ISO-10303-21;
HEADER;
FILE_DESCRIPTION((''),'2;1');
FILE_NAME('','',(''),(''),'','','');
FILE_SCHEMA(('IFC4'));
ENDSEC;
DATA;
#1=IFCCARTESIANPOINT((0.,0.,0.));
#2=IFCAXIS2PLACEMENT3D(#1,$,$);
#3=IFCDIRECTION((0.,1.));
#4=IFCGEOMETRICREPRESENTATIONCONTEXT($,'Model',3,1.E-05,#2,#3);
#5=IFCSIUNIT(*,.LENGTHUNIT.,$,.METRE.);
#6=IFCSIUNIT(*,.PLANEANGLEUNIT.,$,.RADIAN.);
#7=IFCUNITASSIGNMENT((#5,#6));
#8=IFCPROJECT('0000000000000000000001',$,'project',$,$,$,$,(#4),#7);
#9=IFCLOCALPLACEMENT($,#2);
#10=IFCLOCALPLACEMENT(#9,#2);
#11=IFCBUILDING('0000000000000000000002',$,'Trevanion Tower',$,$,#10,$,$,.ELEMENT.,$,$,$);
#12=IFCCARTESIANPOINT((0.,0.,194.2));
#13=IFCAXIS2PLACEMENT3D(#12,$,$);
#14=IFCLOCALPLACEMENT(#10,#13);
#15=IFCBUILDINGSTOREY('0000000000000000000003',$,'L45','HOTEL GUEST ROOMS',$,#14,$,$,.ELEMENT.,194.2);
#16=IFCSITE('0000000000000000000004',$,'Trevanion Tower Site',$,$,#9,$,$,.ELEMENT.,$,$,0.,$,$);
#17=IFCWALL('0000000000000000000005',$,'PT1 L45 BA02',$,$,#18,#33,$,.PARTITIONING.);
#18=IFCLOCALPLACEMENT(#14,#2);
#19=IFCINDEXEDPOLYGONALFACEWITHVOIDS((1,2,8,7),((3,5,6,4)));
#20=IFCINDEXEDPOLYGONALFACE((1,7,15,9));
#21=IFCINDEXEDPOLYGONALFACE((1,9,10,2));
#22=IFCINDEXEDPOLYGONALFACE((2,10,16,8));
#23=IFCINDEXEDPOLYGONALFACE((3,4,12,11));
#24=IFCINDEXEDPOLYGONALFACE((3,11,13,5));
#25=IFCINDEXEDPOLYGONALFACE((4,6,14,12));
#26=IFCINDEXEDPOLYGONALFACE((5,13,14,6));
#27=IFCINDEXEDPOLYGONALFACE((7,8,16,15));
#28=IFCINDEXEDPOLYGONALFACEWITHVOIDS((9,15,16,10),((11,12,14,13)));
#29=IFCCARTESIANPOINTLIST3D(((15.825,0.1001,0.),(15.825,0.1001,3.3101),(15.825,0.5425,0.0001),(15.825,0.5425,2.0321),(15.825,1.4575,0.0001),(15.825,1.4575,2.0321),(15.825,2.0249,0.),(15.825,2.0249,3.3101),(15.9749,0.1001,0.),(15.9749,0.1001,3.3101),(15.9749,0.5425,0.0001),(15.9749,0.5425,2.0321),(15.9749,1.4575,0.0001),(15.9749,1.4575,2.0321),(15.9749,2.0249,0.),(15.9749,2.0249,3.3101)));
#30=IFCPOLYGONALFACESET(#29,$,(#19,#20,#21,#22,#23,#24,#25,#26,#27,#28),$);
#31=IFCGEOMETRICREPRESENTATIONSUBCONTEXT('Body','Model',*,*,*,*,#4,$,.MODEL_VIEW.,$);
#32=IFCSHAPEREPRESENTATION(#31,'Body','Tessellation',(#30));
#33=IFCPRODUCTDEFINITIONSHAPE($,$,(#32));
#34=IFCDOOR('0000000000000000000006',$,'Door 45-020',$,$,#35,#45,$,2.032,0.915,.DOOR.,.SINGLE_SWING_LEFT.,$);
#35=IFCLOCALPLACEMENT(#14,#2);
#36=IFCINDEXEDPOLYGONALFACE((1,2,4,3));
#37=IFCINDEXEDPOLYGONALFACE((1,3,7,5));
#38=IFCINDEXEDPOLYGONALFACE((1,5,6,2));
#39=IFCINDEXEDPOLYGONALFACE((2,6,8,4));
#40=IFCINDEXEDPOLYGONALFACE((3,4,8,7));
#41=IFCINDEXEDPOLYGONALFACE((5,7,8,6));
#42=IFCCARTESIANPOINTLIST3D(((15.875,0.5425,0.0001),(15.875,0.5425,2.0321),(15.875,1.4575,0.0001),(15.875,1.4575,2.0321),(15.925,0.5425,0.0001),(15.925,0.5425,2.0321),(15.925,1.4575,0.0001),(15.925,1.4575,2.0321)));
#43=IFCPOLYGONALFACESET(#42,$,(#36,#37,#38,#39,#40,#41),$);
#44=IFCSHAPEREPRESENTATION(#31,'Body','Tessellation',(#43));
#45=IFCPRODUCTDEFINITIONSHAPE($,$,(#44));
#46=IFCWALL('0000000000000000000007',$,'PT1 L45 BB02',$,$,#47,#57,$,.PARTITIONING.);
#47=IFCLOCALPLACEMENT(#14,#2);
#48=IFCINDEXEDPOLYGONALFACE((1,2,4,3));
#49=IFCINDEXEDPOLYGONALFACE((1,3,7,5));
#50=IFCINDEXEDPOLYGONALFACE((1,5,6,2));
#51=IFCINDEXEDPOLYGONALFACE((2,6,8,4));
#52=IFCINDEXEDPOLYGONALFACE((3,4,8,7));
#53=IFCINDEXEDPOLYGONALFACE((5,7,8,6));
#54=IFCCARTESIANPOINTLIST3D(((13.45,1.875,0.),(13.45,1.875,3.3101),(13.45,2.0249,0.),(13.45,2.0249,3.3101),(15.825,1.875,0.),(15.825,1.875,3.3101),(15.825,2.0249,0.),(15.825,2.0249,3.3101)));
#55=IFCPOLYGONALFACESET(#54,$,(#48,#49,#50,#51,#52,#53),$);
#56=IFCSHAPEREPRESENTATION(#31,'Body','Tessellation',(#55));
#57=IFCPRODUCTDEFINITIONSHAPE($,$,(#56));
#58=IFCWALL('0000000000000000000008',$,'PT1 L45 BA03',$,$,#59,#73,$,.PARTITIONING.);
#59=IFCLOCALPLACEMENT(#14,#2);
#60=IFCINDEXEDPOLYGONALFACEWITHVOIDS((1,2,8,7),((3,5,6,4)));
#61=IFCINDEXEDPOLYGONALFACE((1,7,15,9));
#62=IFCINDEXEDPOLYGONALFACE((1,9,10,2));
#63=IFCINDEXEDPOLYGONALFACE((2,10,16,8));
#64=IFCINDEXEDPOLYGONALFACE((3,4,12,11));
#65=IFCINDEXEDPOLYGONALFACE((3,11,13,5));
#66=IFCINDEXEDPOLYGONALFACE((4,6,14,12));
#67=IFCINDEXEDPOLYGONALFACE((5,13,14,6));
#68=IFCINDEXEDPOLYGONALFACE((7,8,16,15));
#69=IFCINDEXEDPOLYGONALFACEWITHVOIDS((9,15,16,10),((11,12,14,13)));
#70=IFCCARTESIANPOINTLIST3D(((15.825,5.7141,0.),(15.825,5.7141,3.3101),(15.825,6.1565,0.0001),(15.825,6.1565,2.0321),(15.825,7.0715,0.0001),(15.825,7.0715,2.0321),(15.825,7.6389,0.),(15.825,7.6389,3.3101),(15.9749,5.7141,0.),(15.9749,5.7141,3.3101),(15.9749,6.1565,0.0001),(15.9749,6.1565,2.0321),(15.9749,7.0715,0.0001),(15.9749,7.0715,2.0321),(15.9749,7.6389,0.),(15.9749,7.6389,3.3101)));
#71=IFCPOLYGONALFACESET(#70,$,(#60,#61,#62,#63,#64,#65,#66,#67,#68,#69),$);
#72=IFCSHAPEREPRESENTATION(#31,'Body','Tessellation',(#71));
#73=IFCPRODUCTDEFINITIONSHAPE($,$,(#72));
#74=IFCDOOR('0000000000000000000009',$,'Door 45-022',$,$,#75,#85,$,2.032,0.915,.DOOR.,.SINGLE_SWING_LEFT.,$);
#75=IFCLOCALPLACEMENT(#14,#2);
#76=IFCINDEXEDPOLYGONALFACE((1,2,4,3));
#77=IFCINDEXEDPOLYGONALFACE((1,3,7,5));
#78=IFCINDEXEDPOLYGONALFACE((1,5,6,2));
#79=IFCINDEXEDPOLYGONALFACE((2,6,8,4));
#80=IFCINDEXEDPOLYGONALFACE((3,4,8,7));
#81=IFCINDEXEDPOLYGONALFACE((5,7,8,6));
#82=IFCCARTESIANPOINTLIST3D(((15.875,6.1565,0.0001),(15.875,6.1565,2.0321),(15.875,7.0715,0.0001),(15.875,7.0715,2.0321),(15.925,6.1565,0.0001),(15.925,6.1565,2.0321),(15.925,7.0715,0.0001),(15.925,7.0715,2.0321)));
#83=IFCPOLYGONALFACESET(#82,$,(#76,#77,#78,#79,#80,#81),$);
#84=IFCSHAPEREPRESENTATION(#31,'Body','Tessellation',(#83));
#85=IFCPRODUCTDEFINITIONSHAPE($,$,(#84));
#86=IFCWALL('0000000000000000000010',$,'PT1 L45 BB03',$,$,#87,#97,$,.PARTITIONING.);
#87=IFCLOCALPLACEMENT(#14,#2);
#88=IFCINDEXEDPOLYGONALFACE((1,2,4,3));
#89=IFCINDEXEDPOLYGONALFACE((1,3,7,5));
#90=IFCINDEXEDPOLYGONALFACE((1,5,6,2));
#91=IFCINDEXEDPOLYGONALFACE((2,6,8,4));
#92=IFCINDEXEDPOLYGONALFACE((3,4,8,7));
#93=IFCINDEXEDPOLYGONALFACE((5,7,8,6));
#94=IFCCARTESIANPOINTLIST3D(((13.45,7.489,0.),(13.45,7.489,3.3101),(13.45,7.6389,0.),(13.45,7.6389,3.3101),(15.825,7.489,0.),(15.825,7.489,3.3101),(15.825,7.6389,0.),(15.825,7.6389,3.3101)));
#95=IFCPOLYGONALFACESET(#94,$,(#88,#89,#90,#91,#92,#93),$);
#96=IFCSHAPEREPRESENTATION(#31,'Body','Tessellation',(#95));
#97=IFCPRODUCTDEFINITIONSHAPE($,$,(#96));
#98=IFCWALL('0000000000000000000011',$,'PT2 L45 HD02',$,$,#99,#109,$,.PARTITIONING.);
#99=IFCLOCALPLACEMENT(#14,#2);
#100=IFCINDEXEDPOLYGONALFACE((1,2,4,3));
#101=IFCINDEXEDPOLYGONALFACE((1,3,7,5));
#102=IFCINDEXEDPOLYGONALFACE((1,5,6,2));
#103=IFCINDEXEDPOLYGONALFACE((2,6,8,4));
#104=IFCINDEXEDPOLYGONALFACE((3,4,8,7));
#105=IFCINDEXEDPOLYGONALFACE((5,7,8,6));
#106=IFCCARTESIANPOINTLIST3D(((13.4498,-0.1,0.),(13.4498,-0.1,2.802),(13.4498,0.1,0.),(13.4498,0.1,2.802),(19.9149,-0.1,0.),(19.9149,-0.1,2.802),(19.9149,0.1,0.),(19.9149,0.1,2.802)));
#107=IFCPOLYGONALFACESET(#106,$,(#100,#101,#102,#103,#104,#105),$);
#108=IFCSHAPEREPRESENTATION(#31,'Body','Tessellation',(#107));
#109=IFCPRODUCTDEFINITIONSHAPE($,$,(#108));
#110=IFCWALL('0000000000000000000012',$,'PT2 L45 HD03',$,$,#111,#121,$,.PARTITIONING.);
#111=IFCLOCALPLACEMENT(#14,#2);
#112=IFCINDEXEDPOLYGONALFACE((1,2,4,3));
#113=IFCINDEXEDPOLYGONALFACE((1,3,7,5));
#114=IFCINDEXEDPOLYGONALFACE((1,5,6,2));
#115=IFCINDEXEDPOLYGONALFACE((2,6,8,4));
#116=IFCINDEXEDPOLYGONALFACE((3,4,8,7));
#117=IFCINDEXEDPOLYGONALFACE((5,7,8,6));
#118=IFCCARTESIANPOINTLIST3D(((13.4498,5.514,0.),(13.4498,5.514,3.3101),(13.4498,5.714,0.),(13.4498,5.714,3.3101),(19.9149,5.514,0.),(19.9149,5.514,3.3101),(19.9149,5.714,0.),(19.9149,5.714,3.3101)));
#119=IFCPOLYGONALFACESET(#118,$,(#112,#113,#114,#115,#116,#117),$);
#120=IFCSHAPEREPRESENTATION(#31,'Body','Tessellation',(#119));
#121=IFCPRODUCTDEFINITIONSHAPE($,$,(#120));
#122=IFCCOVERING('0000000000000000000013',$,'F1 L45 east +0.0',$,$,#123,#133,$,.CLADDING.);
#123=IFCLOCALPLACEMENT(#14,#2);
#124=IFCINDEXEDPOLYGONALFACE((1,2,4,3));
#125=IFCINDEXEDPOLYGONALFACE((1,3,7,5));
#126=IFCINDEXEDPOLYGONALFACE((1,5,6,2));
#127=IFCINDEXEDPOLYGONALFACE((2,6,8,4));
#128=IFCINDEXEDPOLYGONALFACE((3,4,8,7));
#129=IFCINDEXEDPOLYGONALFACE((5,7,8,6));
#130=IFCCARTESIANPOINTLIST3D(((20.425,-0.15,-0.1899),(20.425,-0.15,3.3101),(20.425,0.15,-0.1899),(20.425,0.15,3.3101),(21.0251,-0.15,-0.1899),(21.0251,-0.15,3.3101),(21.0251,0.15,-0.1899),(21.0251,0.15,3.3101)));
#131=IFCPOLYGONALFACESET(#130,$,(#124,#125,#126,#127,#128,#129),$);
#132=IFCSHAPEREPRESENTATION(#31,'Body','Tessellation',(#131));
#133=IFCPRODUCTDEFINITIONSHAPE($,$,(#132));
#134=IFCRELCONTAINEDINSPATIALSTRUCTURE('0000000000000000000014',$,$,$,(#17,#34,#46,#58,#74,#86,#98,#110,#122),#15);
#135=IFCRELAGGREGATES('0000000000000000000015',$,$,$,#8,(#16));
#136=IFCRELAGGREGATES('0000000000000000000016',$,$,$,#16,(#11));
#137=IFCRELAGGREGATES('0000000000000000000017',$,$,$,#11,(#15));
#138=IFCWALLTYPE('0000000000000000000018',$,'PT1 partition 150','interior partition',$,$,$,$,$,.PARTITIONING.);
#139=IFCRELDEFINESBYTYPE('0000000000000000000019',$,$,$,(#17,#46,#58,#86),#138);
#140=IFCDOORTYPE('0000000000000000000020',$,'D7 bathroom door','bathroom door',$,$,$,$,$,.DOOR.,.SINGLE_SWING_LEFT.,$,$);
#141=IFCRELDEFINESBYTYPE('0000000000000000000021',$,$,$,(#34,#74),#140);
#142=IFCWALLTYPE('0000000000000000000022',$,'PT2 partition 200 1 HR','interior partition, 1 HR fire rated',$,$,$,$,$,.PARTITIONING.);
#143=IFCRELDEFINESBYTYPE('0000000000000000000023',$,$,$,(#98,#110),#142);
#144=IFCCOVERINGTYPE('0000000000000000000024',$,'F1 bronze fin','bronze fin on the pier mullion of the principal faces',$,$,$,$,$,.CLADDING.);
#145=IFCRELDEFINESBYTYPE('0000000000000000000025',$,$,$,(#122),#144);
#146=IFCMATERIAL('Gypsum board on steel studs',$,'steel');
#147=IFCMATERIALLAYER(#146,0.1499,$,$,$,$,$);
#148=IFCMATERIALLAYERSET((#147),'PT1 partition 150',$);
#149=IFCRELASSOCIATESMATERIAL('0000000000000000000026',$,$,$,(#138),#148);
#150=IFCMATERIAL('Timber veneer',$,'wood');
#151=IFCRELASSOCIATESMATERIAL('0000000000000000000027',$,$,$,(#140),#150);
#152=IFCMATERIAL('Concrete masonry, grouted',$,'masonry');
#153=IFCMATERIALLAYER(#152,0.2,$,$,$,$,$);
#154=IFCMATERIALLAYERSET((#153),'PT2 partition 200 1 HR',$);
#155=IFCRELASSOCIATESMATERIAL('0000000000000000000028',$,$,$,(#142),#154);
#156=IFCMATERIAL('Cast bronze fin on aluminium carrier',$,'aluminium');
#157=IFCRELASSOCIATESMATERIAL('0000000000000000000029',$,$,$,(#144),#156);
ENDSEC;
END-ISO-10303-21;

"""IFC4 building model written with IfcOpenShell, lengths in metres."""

from ifc_helpers import new_model, si_unit, direction, frame, frame_2d, origin, origin_2d, place, context, subcontext, project, spatial, rectangle, extrude, material, layer, layer_set, type_object, element, fill, save


model = new_model("IFC4")

# Units and contexts
model_context = context("Model", 3, precision=1e-05, world=origin(), true_north=direction((0.0, 1.0)))
body_context = subcontext(model_context, "Body", "Model", "MODEL_VIEW")
ifc_project = project(units=[si_unit("LENGTHUNIT", "METRE"), si_unit("PLANEANGLEUNIT", "RADIAN")], contexts=[model_context])

# Site, building, storey
site_placement = place(None, origin())
site = spatial("IfcSite", under=ifc_project, at=site_placement, Name="Trevanion Tower Site", CompositionType="ELEMENT", RefElevation=0.0)
building_placement = place(site_placement, origin())
building = spatial("IfcBuilding", under=site, at=building_placement, Name="Trevanion Tower", CompositionType="ELEMENT")
storey_placement = place(building_placement, frame((0.0, 0.0, 194.2)))
storey = spatial("IfcBuildingStorey", under=building, at=storey_placement, Name="L45", Description="HOTEL GUEST ROOMS", CompositionType="ELEMENT", Elevation=194.2)

# Wall, opening, door
ifc_material_1 = material(Name="Gypsum board on steel studs", Category="steel")
ifc_layer_1 = layer(ifc_material_1, 0.1499)
ifc_layer_set_1 = layer_set([ifc_layer_1], Name="PT1 partition 150")
wall_type_1 = type_object("IfcWallType", Name="PT1 partition 150", Description="interior partition", PredefinedType="PARTITIONING", material=ifc_layer_set_1)
wall_1_placement = place(storey_placement, frame((15.8999, 0.1001, 0.0), z_axis=(0.0, 0.0, 1.0), x_axis=(0.0, 1.0, 0.0)))
wall_1 = element("IfcWall", 1, at=wall_1_placement, inside=storey, type_object=wall_type_1, Name="PT1 L45 BA02", PredefinedType="PARTITIONING", context=body_context, shape_type="SweptSolid", body=[
    extrude(rectangle(XDim=1.9248, YDim=0.1499, at=frame_2d((0.9624, 0.0))), origin(), (0.0, 0.0, 1.0), 3.3101),
])
opening_1_placement = place(wall_1_placement, frame((0.4424, 0.0, 0.0)))
opening_1 = element("IfcOpeningElement", 2, at=opening_1_placement, cuts=wall_1, PredefinedType="OPENING", context=body_context, shape_type="SweptSolid", body=[
    extrude(rectangle(XDim=0.915, YDim=2.032, at=frame_2d((0.4575, 1.0161))), frame((0.0, 0.085, 0.0), z_axis=(0.0, -1.0, 0.0), x_axis=(1.0, 0.0, 0.0)), (0.0, 0.0, 1.0), 0.1699),
])
ifc_material_2 = material(Name="Timber veneer", Category="wood")
door_type = type_object("IfcDoorType", Name="D7 bathroom door", Description="bathroom door", OperationType="SINGLE_SWING_LEFT", PredefinedType="DOOR", material=ifc_material_2)
door_1_placement = place(opening_1_placement, origin())
door_1 = element("IfcDoor", 3, at=door_1_placement, inside=storey, type_object=door_type, Name="Door 45-020", OperationType="SINGLE_SWING_LEFT", OverallHeight=2.032, OverallWidth=0.915, PredefinedType="DOOR", context=body_context, shape_type="SweptSolid", body=[
    extrude(rectangle(XDim=0.915, YDim=2.032, at=frame_2d((0.4575, 1.0161))), frame((0.0, 0.0249, 0.0), z_axis=(0.0, -1.0, 0.0), x_axis=(1.0, 0.0, 0.0)), (0.0, 0.0, 1.0), 0.05),
])
fill(opening_1, door_1)

# Wall
wall_2_placement = place(storey_placement, frame((13.45, 1.95, 0.0), z_axis=(0.0, 0.0, 1.0), x_axis=(1.0, 0.0, 0.0)))
element("IfcWall", 4, at=wall_2_placement, inside=storey, type_object=wall_type_1, Name="PT1 L45 BB02", PredefinedType="PARTITIONING", context=body_context, shape_type="SweptSolid", body=[
    extrude(rectangle(XDim=2.375, YDim=0.1499, at=frame_2d((1.1875, 0.0))), origin(), (0.0, 0.0, 1.0), 3.3101),
])

# Wall, opening, door
wall_3_placement = place(storey_placement, frame((15.8999, 5.7141, 0.0), z_axis=(0.0, 0.0, 1.0), x_axis=(0.0, 1.0, 0.0)))
wall_3 = element("IfcWall", 5, at=wall_3_placement, inside=storey, type_object=wall_type_1, Name="PT1 L45 BA03", PredefinedType="PARTITIONING", context=body_context, shape_type="SweptSolid", body=[
    extrude(rectangle(XDim=1.9248, YDim=0.1499, at=frame_2d((0.9624, 0.0))), origin(), (0.0, 0.0, 1.0), 3.3101),
])
opening_2_placement = place(wall_3_placement, frame((0.4424, 0.0, 0.0)))
opening_2 = element("IfcOpeningElement", 6, at=opening_2_placement, cuts=wall_3, PredefinedType="OPENING", context=body_context, shape_type="SweptSolid", body=[
    extrude(rectangle(XDim=0.915, YDim=2.032, at=frame_2d((0.4575, 1.0161))), frame((0.0, 0.085, 0.0), z_axis=(0.0, -1.0, 0.0), x_axis=(1.0, 0.0, 0.0)), (0.0, 0.0, 1.0), 0.1699),
])
door_2_placement = place(opening_2_placement, origin())
door_2 = element("IfcDoor", 7, at=door_2_placement, inside=storey, type_object=door_type, Name="Door 45-022", OperationType="SINGLE_SWING_LEFT", OverallHeight=2.032, OverallWidth=0.915, PredefinedType="DOOR", context=body_context, shape_type="SweptSolid", body=[
    extrude(rectangle(XDim=0.915, YDim=2.032, at=frame_2d((0.4575, 1.0161))), frame((0.0, 0.0249, 0.0), z_axis=(0.0, -1.0, 0.0), x_axis=(1.0, 0.0, 0.0)), (0.0, 0.0, 1.0), 0.05),
])
fill(opening_2, door_2)

# Walls
wall_4_placement = place(storey_placement, frame((13.45, 7.564, 0.0), z_axis=(0.0, 0.0, 1.0), x_axis=(1.0, 0.0, 0.0)))
element("IfcWall", 8, at=wall_4_placement, inside=storey, type_object=wall_type_1, Name="PT1 L45 BB03", PredefinedType="PARTITIONING", context=body_context, shape_type="SweptSolid", body=[
    extrude(rectangle(XDim=2.375, YDim=0.1499, at=frame_2d((1.1875, 0.0))), origin(), (0.0, 0.0, 1.0), 3.3101),
])
ifc_material_3 = material(Name="Concrete masonry, grouted", Category="masonry")
ifc_layer_2 = layer(ifc_material_3, 0.2)
ifc_layer_set_2 = layer_set([ifc_layer_2], Name="PT2 partition 200 1 HR")
wall_type_2 = type_object("IfcWallType", Name="PT2 partition 200 1 HR", Description="interior partition, 1 HR fire rated", PredefinedType="PARTITIONING", material=ifc_layer_set_2)
wall_5_placement = place(storey_placement, frame((13.45, 0.0, 0.0), z_axis=(0.0, 0.0, 1.0), x_axis=(1.0, 0.0, 0.0)))
element("IfcWall", 9, at=wall_5_placement, inside=storey, type_object=wall_type_2, Name="PT2 L45 HD02", PredefinedType="PARTITIONING", context=body_context, shape_type="SweptSolid", body=[
    extrude(rectangle(XDim=6.4651, YDim=0.2, at=frame_2d((3.2324, 0.0))), origin(), (0.0, 0.0, 1.0), 2.802),
])
wall_6_placement = place(storey_placement, frame((13.45, 5.614, 0.0), z_axis=(0.0, 0.0, 1.0), x_axis=(1.0, 0.0, 0.0)))
element("IfcWall", 10, at=wall_6_placement, inside=storey, type_object=wall_type_2, Name="PT2 L45 HD03", PredefinedType="PARTITIONING", context=body_context, shape_type="SweptSolid", body=[
    extrude(rectangle(XDim=6.4651, YDim=0.2, at=frame_2d((3.2324, 0.0))), origin(), (0.0, 0.0, 1.0), 3.3101),
])

# Covering
ifc_material_4 = material(Name="Cast bronze fin on aluminium carrier", Category="aluminium")
covering_type = type_object("IfcCoveringType", Name="F1 bronze fin", Description="bronze fin on the pier mullion of the principal faces", PredefinedType="CLADDING", material=ifc_material_4)
covering_placement = place(storey_placement, frame((20.7251, 0.0, -0.1899), z_axis=(0.0, 0.0, 1.0), x_axis=(0.0, 1.0, 0.0)))
element("IfcCovering", 11, at=covering_placement, inside=storey, type_object=covering_type, Name="F1 L45 east +0.0", PredefinedType="CLADDING", context=body_context, shape_type="SweptSolid", body=[
    extrude(rectangle(XDim=0.3, YDim=0.6001, at=origin_2d()), origin(), (0.0, 0.0, 1.0), 3.5),
])

save(model, "model.ifc")
